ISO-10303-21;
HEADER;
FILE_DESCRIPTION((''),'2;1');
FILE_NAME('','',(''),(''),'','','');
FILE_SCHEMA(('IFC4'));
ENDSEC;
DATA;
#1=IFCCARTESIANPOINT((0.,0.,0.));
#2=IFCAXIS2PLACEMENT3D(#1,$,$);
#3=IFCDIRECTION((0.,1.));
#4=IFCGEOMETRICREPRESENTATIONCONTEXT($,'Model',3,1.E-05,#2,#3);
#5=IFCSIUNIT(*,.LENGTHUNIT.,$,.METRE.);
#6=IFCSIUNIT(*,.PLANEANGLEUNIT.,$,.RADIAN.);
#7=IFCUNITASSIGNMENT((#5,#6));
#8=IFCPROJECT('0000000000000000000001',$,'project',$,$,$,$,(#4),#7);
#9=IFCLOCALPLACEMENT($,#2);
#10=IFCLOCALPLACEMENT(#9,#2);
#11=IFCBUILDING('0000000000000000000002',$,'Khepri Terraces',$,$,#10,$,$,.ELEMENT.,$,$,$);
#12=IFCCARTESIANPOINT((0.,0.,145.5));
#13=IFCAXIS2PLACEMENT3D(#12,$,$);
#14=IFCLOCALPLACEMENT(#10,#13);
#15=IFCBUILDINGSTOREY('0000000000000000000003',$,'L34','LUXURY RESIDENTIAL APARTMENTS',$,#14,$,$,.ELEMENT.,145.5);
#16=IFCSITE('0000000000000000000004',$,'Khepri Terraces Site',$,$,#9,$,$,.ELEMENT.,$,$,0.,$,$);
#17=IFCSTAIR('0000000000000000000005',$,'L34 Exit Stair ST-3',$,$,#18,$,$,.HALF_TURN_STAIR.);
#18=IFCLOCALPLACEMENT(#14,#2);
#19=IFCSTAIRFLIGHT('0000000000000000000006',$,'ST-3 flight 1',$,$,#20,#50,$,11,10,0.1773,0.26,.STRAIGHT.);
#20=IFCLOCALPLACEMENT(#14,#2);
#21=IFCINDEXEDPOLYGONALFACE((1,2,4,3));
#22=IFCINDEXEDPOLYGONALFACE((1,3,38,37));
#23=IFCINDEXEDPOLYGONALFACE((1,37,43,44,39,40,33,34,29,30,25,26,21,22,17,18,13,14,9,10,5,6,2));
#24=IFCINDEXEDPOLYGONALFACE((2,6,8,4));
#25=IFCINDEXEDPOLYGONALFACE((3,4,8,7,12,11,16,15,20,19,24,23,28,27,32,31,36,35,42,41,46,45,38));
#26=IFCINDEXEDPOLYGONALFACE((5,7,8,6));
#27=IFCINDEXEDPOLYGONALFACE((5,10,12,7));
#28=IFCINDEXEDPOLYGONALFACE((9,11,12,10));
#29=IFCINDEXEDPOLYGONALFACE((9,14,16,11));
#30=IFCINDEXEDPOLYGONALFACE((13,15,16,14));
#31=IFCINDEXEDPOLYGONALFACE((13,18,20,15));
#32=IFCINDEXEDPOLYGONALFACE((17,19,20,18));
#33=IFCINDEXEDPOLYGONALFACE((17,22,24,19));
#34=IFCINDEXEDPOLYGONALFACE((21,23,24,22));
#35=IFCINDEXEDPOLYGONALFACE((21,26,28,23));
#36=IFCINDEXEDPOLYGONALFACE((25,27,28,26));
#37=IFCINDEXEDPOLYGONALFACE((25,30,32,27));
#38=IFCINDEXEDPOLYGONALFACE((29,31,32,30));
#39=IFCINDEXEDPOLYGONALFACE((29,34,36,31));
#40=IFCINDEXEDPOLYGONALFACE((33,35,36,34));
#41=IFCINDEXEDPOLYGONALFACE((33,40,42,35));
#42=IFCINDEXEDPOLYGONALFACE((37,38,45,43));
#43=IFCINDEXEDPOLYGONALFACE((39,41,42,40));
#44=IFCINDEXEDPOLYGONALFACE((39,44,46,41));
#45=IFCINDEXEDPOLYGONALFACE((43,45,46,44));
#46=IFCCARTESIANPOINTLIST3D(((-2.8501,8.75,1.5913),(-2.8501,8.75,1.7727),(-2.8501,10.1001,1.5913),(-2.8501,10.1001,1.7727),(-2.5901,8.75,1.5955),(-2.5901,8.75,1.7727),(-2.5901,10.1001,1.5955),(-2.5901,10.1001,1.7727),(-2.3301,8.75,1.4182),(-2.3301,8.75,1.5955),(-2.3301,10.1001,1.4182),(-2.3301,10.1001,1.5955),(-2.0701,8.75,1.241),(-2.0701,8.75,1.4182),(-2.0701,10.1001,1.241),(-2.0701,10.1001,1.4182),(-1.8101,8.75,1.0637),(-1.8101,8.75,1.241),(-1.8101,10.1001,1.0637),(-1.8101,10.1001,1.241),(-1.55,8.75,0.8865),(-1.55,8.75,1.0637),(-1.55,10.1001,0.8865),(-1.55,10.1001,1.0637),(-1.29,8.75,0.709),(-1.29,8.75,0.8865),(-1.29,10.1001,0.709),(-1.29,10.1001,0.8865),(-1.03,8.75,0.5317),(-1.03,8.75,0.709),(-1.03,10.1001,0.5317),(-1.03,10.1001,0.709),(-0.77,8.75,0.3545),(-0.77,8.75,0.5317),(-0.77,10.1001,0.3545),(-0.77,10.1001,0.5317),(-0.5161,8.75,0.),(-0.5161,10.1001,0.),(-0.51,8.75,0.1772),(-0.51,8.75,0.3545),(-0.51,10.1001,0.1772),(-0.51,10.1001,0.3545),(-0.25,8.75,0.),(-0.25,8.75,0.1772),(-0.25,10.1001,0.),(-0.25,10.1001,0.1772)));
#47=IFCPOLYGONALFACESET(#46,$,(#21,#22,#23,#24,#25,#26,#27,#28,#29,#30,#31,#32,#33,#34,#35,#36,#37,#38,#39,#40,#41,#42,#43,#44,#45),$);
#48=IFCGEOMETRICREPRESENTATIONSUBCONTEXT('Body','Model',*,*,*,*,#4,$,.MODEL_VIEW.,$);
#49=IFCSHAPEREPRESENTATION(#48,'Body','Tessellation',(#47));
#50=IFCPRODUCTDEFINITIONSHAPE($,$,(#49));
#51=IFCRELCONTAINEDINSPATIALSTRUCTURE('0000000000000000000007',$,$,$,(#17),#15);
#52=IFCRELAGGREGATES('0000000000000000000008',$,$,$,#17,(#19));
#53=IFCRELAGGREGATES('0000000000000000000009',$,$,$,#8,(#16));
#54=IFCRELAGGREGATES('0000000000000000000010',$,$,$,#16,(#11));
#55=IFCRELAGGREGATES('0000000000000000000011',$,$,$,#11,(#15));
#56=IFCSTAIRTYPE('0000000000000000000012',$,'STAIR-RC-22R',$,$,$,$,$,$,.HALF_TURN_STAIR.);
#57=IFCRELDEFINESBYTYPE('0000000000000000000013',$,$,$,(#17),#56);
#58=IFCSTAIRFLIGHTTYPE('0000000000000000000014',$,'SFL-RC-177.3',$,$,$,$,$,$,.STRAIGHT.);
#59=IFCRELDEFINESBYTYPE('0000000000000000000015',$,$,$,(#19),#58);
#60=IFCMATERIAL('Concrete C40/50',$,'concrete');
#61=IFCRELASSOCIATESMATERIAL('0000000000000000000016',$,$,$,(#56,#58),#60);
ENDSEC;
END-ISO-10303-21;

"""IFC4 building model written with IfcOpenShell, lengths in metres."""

from ifc_helpers import new_model, si_unit, direction, frame, origin, place, context, subcontext, project, spatial, polyline, outline, extrude, material, type_object, element, aggregate, save


model = new_model("IFC4")

# Units and contexts
model_context = context("Model", 3, precision=1e-05, world=origin(), true_north=direction((0.0, 1.0)))
body_context = subcontext(model_context, "Body", "Model", "MODEL_VIEW")
ifc_project = project(units=[si_unit("LENGTHUNIT", "METRE"), si_unit("PLANEANGLEUNIT", "RADIAN")], contexts=[model_context])

# Site, building, storey
site_placement = place(None, origin())
site = spatial("IfcSite", under=ifc_project, at=site_placement, Name="Khepri Terraces Site", CompositionType="ELEMENT", RefElevation=0.0)
building_placement = place(site_placement, origin())
building = spatial("IfcBuilding", under=site, at=building_placement, Name="Khepri Terraces", CompositionType="ELEMENT")
storey_placement = place(building_placement, frame((0.0, 0.0, 145.5)))
storey = spatial("IfcBuildingStorey", under=building, at=storey_placement, Name="L34", Description="LUXURY RESIDENTIAL APARTMENTS", CompositionType="ELEMENT", Elevation=145.5)

# Stair, stair flight
ifc_material_1 = material(Name="Concrete C40/50", Category="concrete")
stair_type = type_object("IfcStairType", Name="STAIR-RC-22R", PredefinedType="HALF_TURN_STAIR", material=ifc_material_1)
stair_placement = place(storey_placement, origin())
stair = element("IfcStair", 1, at=stair_placement, inside=storey, type_object=stair_type, Name="L34 Exit Stair ST-3", PredefinedType="HALF_TURN_STAIR")
stair_flight_type = type_object("IfcStairFlightType", Name="SFL-RC-177.3", PredefinedType="STRAIGHT", material=ifc_material_1)
stair_flight_placement = place(storey_placement, frame((-0.25, 9.425, 0.0), z_axis=(0.0, 0.0, 1.0), x_axis=(-1.0, 0.0, 0.0)))
stair_flight = element("IfcStairFlight", 2, at=stair_flight_placement, type_object=stair_flight_type, Name="ST-3 flight 1", NumberOfRisers=11, NumberOfTreads=10, PredefinedType="STRAIGHT", RiserHeight=0.1773, TreadLength=0.26, context=body_context, shape_type="SweptSolid", body=[
    extrude(outline(polyline([(0.0, 0.0), (0.0, 0.1772), (0.26, 0.1772), (0.26, 0.3545), (0.52, 0.3545), (0.52, 0.5317), (0.78, 0.5317), (0.78, 0.709), (1.04, 0.709), (1.04, 0.8865), (1.3, 0.8865), (1.3, 1.0637), (1.5601, 1.0637), (1.5601, 1.241), (1.8201, 1.241), (1.8201, 1.4182), (2.0801, 1.4182), (2.0801, 1.5955), (2.3401, 1.5955), (2.3401, 1.7727), (2.6001, 1.7727), (2.6001, 1.95), (2.6001, 1.5913), (0.2661, 0.0), (0.0, 0.0)])), frame((0.0, 0.675, 0.0), z_axis=(0.0, -1.0, 0.0), x_axis=(1.0, 0.0, 0.0)), (0.0, 0.0, 1.0), 1.3501),
])
aggregate(stair, [stair_flight])

save(model, "model.ifc")
